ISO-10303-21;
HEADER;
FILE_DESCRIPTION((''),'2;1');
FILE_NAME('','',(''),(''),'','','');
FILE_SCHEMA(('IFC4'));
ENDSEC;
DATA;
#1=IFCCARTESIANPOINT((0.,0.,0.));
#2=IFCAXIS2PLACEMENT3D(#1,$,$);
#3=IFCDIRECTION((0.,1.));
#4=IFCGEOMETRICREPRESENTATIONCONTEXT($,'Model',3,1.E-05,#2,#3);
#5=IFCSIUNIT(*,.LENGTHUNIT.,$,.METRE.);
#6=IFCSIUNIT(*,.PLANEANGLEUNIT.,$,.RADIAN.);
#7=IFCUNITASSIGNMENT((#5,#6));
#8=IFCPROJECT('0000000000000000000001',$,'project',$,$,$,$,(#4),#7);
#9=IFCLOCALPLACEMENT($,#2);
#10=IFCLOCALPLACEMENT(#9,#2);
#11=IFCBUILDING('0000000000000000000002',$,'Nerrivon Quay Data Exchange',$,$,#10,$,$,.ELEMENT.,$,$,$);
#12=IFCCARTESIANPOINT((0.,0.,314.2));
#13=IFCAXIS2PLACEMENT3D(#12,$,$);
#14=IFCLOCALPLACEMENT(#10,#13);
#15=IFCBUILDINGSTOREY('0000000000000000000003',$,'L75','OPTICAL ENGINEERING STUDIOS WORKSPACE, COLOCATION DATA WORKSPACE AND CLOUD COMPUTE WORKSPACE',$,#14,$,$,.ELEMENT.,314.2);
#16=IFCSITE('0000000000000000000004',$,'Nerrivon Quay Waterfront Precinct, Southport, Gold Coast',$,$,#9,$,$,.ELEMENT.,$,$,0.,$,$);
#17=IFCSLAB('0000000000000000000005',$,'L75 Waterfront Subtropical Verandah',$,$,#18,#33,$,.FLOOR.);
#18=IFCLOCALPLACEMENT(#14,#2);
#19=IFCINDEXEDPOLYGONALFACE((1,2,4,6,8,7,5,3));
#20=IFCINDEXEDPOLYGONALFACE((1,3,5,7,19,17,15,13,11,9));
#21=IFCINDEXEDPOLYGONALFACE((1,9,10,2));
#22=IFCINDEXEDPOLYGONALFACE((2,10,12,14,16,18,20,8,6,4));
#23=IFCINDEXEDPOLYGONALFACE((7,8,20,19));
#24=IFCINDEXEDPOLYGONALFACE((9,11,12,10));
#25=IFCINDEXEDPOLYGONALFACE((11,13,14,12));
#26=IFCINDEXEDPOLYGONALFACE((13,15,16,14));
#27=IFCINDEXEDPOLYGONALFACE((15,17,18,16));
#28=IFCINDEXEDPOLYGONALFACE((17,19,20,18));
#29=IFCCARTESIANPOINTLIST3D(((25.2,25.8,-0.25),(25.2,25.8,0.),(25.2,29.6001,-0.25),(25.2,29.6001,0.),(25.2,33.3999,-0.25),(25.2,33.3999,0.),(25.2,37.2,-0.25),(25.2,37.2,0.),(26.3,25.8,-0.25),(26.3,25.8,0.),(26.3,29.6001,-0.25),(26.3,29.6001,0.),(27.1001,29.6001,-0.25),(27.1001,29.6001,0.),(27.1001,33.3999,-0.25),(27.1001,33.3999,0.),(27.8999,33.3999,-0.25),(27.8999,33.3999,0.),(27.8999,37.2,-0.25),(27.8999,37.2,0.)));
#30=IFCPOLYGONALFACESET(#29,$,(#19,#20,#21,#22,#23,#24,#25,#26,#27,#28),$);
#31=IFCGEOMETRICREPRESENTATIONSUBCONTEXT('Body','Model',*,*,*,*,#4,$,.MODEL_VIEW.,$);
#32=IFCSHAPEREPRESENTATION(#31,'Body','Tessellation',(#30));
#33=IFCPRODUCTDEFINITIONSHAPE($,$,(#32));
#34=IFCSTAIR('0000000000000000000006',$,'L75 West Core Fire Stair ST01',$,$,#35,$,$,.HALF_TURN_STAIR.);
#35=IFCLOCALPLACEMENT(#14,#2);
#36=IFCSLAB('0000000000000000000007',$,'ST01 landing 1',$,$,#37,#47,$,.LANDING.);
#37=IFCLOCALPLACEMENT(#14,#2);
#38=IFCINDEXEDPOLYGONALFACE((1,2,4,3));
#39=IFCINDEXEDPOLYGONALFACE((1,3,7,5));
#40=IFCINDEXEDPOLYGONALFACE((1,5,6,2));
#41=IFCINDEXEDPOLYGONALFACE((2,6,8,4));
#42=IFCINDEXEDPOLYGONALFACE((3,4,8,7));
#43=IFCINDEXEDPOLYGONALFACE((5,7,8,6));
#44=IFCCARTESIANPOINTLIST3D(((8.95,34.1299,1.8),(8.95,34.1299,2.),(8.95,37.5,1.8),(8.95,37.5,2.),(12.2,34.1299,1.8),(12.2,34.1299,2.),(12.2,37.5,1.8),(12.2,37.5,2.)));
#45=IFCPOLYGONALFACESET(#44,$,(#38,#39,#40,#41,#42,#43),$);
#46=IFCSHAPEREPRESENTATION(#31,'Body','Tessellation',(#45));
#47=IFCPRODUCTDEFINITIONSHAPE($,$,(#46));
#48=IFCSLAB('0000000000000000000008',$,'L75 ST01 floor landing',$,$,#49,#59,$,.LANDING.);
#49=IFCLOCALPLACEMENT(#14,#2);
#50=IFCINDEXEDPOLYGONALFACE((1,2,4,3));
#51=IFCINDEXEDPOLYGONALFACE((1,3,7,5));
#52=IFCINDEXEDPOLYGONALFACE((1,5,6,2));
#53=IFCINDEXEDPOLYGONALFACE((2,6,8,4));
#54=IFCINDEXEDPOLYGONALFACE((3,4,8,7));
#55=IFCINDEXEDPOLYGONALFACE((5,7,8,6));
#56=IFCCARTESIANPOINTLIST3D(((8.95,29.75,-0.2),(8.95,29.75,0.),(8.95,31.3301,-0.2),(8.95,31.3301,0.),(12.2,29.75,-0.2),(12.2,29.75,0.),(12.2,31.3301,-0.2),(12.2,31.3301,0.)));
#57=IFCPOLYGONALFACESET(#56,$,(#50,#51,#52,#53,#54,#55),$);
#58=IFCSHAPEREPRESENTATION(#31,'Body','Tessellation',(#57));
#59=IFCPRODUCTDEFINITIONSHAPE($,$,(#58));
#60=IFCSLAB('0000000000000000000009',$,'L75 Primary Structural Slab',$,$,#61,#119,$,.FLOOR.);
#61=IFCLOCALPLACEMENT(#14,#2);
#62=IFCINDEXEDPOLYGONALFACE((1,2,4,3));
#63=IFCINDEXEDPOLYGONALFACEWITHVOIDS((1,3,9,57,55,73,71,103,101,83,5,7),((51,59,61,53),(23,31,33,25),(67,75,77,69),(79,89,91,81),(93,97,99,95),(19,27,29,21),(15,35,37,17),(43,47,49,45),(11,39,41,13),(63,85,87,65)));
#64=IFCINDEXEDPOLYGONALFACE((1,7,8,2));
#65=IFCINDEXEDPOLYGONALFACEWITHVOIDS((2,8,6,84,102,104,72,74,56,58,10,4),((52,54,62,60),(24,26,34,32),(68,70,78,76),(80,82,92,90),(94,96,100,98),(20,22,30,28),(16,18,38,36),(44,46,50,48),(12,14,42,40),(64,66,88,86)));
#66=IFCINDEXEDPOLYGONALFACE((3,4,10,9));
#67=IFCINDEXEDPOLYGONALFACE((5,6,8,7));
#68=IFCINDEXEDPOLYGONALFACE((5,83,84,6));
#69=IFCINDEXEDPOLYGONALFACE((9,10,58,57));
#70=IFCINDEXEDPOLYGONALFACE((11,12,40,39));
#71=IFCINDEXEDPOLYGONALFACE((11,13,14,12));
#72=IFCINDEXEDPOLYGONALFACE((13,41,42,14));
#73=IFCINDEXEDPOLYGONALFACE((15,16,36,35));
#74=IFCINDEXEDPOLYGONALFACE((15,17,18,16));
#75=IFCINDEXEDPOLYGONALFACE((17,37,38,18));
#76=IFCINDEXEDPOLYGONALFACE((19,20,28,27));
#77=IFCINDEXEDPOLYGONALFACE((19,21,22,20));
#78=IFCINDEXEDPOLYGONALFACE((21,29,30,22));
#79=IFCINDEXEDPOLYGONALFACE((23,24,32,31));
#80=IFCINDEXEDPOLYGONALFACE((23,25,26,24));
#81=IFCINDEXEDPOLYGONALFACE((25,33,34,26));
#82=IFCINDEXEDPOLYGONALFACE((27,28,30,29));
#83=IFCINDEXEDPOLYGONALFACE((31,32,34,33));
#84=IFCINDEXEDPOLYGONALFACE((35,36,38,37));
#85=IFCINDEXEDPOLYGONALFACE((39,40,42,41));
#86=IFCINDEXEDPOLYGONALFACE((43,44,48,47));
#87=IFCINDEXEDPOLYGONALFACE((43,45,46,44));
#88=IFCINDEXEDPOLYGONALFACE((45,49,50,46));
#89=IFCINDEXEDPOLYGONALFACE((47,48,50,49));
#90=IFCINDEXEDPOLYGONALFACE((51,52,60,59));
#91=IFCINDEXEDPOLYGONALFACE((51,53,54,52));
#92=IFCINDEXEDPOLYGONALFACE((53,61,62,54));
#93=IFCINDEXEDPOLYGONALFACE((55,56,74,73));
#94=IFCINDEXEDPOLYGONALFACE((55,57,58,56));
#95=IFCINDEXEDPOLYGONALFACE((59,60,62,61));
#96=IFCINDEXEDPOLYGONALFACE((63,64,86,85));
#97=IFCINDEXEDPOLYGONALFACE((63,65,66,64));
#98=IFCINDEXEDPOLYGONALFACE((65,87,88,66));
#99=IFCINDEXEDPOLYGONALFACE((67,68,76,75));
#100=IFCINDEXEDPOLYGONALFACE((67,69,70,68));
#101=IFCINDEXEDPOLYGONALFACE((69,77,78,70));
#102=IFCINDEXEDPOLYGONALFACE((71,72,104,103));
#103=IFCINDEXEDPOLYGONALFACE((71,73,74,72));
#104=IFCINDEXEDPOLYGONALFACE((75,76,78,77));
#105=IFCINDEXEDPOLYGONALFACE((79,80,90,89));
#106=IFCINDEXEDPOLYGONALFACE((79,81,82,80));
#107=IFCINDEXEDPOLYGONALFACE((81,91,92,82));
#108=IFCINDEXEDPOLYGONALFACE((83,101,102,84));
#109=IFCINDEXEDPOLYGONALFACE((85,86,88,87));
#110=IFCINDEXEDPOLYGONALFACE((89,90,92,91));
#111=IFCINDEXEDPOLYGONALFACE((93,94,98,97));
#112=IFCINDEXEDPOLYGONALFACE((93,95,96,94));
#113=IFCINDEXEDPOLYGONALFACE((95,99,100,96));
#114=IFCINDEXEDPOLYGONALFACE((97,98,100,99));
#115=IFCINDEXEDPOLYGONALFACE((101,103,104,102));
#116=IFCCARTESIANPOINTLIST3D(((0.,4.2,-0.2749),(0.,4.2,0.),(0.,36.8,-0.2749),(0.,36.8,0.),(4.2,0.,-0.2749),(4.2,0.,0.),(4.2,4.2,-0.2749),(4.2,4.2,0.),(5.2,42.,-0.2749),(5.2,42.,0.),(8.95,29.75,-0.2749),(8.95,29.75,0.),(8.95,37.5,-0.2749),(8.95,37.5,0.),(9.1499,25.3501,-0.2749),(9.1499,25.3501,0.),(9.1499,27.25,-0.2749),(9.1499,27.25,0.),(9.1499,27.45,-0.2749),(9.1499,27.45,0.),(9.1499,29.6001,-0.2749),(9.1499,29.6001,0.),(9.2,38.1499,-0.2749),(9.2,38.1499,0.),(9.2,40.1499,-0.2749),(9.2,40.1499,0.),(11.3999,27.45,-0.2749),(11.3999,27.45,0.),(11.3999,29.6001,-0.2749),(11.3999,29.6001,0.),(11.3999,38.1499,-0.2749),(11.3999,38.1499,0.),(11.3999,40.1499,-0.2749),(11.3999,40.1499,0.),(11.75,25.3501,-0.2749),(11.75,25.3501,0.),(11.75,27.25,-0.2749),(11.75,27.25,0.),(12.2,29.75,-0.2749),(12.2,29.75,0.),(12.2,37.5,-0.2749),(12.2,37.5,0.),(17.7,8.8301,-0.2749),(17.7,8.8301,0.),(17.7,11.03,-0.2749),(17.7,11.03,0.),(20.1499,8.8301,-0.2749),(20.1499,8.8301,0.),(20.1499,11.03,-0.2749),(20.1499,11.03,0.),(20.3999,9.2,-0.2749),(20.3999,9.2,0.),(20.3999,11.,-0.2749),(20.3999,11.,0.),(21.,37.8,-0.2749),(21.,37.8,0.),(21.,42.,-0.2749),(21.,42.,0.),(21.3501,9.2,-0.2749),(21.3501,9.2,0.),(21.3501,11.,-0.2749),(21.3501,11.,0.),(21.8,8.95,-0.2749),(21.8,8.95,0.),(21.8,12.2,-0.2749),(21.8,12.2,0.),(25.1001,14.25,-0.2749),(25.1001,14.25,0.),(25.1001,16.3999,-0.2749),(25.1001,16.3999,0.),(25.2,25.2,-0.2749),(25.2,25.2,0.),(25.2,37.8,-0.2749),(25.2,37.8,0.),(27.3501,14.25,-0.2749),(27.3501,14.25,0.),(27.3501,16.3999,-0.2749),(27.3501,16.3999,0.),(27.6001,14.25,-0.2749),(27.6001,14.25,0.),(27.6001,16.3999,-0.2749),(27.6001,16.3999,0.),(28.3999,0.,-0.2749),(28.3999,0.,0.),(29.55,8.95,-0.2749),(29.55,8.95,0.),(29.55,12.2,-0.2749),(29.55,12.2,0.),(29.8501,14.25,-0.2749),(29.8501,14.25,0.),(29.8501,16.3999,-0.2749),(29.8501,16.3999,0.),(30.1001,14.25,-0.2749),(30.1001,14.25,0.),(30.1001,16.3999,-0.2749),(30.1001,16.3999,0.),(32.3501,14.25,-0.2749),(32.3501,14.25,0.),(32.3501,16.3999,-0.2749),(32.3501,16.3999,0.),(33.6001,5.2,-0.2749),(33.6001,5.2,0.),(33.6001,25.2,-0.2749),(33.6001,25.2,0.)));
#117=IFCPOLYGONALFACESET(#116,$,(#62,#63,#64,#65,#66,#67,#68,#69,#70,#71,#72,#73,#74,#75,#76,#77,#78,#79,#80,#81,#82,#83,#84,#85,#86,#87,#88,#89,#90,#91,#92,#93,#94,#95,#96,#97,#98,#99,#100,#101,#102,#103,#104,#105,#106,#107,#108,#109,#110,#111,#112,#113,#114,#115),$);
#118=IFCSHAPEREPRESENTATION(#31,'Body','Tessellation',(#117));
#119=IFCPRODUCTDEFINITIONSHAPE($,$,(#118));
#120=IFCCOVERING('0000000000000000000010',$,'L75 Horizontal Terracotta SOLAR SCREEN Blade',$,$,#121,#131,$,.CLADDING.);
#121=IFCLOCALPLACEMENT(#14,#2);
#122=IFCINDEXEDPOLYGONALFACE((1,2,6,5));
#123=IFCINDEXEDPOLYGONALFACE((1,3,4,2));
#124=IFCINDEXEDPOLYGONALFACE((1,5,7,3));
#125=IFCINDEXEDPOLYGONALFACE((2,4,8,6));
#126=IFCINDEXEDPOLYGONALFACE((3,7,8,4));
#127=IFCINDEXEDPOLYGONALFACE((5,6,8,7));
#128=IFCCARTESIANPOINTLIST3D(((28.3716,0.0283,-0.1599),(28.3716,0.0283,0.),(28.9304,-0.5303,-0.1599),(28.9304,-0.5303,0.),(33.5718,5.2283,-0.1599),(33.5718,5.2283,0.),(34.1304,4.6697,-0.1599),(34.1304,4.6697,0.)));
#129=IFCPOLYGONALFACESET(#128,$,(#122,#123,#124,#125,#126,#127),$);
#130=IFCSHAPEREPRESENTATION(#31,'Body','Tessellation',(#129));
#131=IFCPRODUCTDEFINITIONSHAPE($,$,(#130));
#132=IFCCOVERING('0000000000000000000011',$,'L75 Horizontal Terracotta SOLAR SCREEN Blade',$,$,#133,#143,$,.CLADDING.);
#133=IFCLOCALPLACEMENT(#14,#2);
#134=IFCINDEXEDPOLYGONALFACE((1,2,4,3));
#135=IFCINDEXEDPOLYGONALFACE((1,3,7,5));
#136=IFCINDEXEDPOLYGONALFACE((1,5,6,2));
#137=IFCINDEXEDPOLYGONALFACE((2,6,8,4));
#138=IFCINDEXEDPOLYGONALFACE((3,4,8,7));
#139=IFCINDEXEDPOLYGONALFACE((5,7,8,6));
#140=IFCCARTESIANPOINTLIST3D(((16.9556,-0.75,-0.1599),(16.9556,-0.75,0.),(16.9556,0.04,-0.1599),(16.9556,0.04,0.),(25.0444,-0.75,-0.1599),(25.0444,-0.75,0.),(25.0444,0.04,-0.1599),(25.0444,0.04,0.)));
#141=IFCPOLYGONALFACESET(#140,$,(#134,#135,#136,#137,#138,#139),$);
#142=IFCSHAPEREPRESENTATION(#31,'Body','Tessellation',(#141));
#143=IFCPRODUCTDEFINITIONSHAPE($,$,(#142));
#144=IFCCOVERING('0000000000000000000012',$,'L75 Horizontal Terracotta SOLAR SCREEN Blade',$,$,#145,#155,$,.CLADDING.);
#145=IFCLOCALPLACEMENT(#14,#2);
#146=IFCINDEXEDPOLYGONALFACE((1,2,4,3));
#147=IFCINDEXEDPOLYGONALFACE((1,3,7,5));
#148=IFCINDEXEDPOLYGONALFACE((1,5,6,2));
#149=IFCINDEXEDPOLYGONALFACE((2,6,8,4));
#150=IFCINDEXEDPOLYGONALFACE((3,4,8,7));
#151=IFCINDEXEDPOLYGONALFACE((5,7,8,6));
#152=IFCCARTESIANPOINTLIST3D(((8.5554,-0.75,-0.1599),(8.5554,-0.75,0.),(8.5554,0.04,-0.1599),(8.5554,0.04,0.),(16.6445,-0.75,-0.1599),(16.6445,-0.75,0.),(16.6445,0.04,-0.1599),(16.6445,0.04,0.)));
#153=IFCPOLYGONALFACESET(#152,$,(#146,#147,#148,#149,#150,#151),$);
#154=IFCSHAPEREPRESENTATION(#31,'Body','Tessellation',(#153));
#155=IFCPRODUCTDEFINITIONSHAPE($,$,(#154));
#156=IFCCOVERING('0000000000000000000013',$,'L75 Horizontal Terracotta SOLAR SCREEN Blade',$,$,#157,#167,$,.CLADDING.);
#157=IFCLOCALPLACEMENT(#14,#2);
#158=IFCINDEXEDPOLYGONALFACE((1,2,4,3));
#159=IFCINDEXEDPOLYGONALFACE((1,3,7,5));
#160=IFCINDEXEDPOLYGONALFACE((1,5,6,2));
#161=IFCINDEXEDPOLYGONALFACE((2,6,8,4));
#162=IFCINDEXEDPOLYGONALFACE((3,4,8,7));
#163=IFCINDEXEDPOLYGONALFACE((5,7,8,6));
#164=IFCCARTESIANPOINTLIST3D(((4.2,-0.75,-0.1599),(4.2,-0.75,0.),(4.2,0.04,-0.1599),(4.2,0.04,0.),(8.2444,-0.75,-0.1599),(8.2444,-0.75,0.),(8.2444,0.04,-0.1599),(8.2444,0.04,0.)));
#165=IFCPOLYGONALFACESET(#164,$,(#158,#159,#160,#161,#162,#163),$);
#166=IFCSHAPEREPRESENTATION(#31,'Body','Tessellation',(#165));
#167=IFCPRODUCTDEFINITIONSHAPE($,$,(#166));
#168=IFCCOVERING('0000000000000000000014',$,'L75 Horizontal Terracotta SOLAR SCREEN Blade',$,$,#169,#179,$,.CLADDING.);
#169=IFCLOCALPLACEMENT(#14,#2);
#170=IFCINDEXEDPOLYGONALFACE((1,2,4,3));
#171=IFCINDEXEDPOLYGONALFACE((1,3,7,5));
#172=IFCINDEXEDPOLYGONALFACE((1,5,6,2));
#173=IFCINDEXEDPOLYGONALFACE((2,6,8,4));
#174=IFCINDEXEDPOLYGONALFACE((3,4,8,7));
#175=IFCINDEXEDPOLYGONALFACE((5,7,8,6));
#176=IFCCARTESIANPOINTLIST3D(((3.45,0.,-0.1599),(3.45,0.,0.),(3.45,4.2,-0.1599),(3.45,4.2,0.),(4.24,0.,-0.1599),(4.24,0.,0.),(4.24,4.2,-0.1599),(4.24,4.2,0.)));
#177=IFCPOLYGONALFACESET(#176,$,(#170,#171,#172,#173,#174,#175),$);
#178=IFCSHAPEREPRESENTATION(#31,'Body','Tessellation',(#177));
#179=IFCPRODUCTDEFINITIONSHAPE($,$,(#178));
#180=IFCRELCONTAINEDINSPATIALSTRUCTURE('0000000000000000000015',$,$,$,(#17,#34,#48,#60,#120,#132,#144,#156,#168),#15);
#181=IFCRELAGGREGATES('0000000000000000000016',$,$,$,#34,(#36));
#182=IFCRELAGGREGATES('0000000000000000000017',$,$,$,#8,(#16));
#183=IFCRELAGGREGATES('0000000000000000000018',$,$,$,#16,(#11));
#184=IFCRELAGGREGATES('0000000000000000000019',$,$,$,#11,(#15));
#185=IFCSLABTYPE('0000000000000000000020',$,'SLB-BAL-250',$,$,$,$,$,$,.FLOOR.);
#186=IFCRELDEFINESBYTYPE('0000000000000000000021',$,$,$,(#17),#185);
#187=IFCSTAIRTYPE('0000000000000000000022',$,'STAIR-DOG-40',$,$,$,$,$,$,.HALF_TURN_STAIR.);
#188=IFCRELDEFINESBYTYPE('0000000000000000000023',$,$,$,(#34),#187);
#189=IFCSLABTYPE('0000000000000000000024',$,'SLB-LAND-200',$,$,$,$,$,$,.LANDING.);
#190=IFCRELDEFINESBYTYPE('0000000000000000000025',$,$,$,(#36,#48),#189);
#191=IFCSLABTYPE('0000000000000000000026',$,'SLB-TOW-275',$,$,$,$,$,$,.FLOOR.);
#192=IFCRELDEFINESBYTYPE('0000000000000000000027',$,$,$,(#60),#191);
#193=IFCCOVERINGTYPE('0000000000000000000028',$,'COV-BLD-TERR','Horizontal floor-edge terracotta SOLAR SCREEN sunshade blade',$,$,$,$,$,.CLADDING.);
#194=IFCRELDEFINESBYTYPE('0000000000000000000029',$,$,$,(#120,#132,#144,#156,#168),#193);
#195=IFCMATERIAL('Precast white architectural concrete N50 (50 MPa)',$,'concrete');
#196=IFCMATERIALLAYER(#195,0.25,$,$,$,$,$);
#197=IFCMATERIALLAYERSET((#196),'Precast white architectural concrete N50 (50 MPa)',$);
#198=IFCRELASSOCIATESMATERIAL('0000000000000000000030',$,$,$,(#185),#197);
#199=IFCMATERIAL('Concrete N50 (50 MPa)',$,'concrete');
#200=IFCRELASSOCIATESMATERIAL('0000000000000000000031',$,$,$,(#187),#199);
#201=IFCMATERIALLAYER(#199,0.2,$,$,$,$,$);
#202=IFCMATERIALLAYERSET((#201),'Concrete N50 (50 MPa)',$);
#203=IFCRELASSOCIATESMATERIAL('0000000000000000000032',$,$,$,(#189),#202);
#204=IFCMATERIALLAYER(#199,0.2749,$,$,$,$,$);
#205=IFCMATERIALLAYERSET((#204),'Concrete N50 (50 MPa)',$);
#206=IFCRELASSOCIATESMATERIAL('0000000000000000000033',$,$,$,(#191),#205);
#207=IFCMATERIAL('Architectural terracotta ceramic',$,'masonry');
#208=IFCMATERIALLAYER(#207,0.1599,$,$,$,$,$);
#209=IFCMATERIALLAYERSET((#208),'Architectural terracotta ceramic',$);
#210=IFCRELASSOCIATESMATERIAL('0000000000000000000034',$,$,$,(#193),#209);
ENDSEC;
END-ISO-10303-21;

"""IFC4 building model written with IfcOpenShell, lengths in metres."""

from ifc_helpers import new_model, si_unit, direction, frame, origin, place, context, subcontext, project, spatial, polyline, outline, extrude, material, layer, layer_set, type_object, element, aggregate, save


model = new_model("IFC4")

# Units and contexts
model_context = context("Model", 3, precision=1e-05, world=origin(), true_north=direction((0.0, 1.0)))
body_context = subcontext(model_context, "Body", "Model", "MODEL_VIEW")
ifc_project = project(units=[si_unit("LENGTHUNIT", "METRE"), si_unit("PLANEANGLEUNIT", "RADIAN")], contexts=[model_context])

# Site, building, storey
site_placement = place(None, origin())
site = spatial("IfcSite", under=ifc_project, at=site_placement, Name="Nerrivon Quay Waterfront Precinct, Southport, Gold Coast", CompositionType="ELEMENT", RefElevation=0.0)
building_placement = place(site_placement, origin())
building = spatial("IfcBuilding", under=site, at=building_placement, Name="Nerrivon Quay Data Exchange", CompositionType="ELEMENT")
storey_placement = place(building_placement, frame((0.0, 0.0, 314.2)))
storey = spatial("IfcBuildingStorey", under=building, at=storey_placement, Name="L75", Description="OPTICAL ENGINEERING STUDIOS WORKSPACE, COLOCATION DATA WORKSPACE AND CLOUD COMPUTE WORKSPACE", CompositionType="ELEMENT", Elevation=314.2)

# Slab
ifc_material_1 = material(Name="Precast white architectural concrete N50 (50 MPa)", Category="concrete")
ifc_layer_1 = layer(ifc_material_1, 0.25)
ifc_layer_set_1 = layer_set([ifc_layer_1], Name="Precast white architectural concrete N50 (50 MPa)")
slab_type_1 = type_object("IfcSlabType", Name="SLB-BAL-250", PredefinedType="FLOOR", material=ifc_layer_set_1)
slab_1_placement = place(storey_placement, frame((0.0, 0.0, -0.25)))
element("IfcSlab", 1, at=slab_1_placement, inside=storey, type_object=slab_type_1, Name="L75 Waterfront Subtropical Verandah", PredefinedType="FLOOR", context=body_context, shape_type="SweptSolid", body=[
    extrude(outline(polyline([(26.3, 29.6001), (27.1001, 29.6001), (27.1001, 33.3999), (27.8999, 33.3999), (27.8999, 37.2), (25.2, 37.2), (25.2, 33.3999), (25.2, 29.6001), (25.2, 25.8), (26.3, 25.8), (26.3, 29.6001)])), origin(), (0.0, 0.0, 1.0), 0.25),
])

# Stair, slab
ifc_material_2 = material(Name="Concrete N50 (50 MPa)", Category="concrete")
stair_type = type_object("IfcStairType", Name="STAIR-DOG-40", PredefinedType="HALF_TURN_STAIR", material=ifc_material_2)
stair_placement = place(storey_placement, origin())
stair = element("IfcStair", 2, at=stair_placement, inside=storey, type_object=stair_type, Name="L75 West Core Fire Stair ST01", PredefinedType="HALF_TURN_STAIR")
ifc_layer_2 = layer(ifc_material_2, 0.2)
ifc_layer_set_2 = layer_set([ifc_layer_2], Name="Concrete N50 (50 MPa)")
slab_type_2 = type_object("IfcSlabType", Name="SLB-LAND-200", PredefinedType="LANDING", material=ifc_layer_set_2)
slab_2_placement = place(storey_placement, frame((0.0, 0.0, 1.8)))
slab_2 = element("IfcSlab", 3, at=slab_2_placement, type_object=slab_type_2, Name="ST01 landing 1", PredefinedType="LANDING", context=body_context, shape_type="SweptSolid", body=[
    extrude(outline(polyline([(12.2, 34.1299), (12.2, 37.5), (8.95, 37.5), (8.95, 34.1299), (12.2, 34.1299)])), origin(), (0.0, 0.0, 1.0), 0.2),
])
aggregate(stair, [slab_2])

# Slabs
slab_3_placement = place(storey_placement, frame((0.0, 0.0, -0.2)))
element("IfcSlab", 4, at=slab_3_placement, inside=storey, type_object=slab_type_2, Name="L75 ST01 floor landing", PredefinedType="LANDING", context=body_context, shape_type="SweptSolid", body=[
    extrude(outline(polyline([(12.2, 29.75), (12.2, 31.3301), (8.95, 31.3301), (8.95, 29.75), (12.2, 29.75)])), origin(), (0.0, 0.0, 1.0), 0.2),
])
ifc_layer_3 = layer(ifc_material_2, 0.2749)
ifc_layer_set_3 = layer_set([ifc_layer_3], Name="Concrete N50 (50 MPa)")
slab_type_3 = type_object("IfcSlabType", Name="SLB-TOW-275", PredefinedType="FLOOR", material=ifc_layer_set_3)
slab_4_placement = place(storey_placement, frame((0.0, 0.0, -0.2749)))
element("IfcSlab", 5, at=slab_4_placement, inside=storey, type_object=slab_type_3, Name="L75 Primary Structural Slab", PredefinedType="FLOOR", context=body_context, shape_type="SweptSolid", body=[
    extrude(outline(polyline([(33.6001, 25.2), (25.2, 25.2), (25.2, 37.8), (21.0, 37.8), (21.0, 42.0), (5.2, 42.0), (0.0, 36.8), (0.0, 4.2), (4.2, 4.2), (4.2, 0.0), (28.3999, 0.0), (33.6001, 5.2), (33.6001, 25.2)]), holes=[polyline([(8.95, 29.75), (8.95, 37.5), (12.2, 37.5), (12.2, 29.75), (8.95, 29.75)]), polyline([(21.8, 12.2), (29.55, 12.2), (29.55, 8.95), (21.8, 8.95), (21.8, 12.2)]), polyline([(30.1001, 14.25), (30.1001, 16.3999), (32.3501, 16.3999), (32.3501, 14.25), (30.1001, 14.25)]), polyline([(27.6001, 14.25), (27.6001, 16.3999), (29.8501, 16.3999), (29.8501, 14.25), (27.6001, 14.25)]), polyline([(25.1001, 14.25), (25.1001, 16.3999), (27.3501, 16.3999), (27.3501, 14.25), (25.1001, 14.25)]), polyline([(20.3999, 9.2), (20.3999, 11.0), (21.3501, 11.0), (21.3501, 9.2), (20.3999, 9.2)]), polyline([(17.7, 8.8301), (17.7, 11.03), (20.1499, 11.03), (20.1499, 8.8301), (17.7, 8.8301)]), polyline([(9.1499, 25.3501), (9.1499, 27.25), (11.75, 27.25), (11.75, 25.3501), (9.1499, 25.3501)]), polyline([(9.1499, 27.45), (9.1499, 29.6001), (11.3999, 29.6001), (11.3999, 27.45), (9.1499, 27.45)]), polyline([(9.2, 38.1499), (9.2, 40.1499), (11.3999, 40.1499), (11.3999, 38.1499), (9.2, 38.1499)])]), origin(), (0.0, 0.0, 1.0), 0.2749),
])

# Coverings
ifc_material_3 = material(Name="Architectural terracotta ceramic", Category="masonry")
ifc_layer_4 = layer(ifc_material_3, 0.1599)
ifc_layer_set_4 = layer_set([ifc_layer_4], Name="Architectural terracotta ceramic")
covering_type = type_object("IfcCoveringType", Name="COV-BLD-TERR", Description="Horizontal floor-edge terracotta SOLAR SCREEN sunshade blade", PredefinedType="CLADDING", material=ifc_layer_set_4)
covering_1_placement = place(storey_placement, frame((0.0, 0.0, -0.1599)))
element("IfcCovering", 6, at=covering_1_placement, inside=storey, type_object=covering_type, Name="L75 Horizontal Terracotta SOLAR SCREEN Blade", PredefinedType="CLADDING", context=body_context, shape_type="SweptSolid", body=[
    extrude(outline(polyline([(33.5718, 5.2283), (28.3716, 0.0283), (28.9304, -0.5303), (34.1304, 4.6697), (33.5718, 5.2283)])), origin(), (0.0, 0.0, 1.0), 0.1599),
])
covering_2_placement = place(storey_placement, frame((0.0, 0.0, -0.1599)))
element("IfcCovering", 7, at=covering_2_placement, inside=storey, type_object=covering_type, Name="L75 Horizontal Terracotta SOLAR SCREEN Blade", PredefinedType="CLADDING", context=body_context, shape_type="SweptSolid", body=[
    extrude(outline(polyline([(25.0444, 0.04), (16.9556, 0.04), (16.9556, -0.75), (25.0444, -0.75), (25.0444, 0.04)])), origin(), (0.0, 0.0, 1.0), 0.1599),
])
covering_3_placement = place(storey_placement, frame((0.0, 0.0, -0.1599)))
element("IfcCovering", 8, at=covering_3_placement, inside=storey, type_object=covering_type, Name="L75 Horizontal Terracotta SOLAR SCREEN Blade", PredefinedType="CLADDING", context=body_context, shape_type="SweptSolid", body=[
    extrude(outline(polyline([(16.6445, 0.04), (8.5554, 0.04), (8.5554, -0.75), (16.6445, -0.75), (16.6445, 0.04)])), origin(), (0.0, 0.0, 1.0), 0.1599),
])
covering_4_placement = place(storey_placement, frame((0.0, 0.0, -0.1599)))
element("IfcCovering", 9, at=covering_4_placement, inside=storey, type_object=covering_type, Name="L75 Horizontal Terracotta SOLAR SCREEN Blade", PredefinedType="CLADDING", context=body_context, shape_type="SweptSolid", body=[
    extrude(outline(polyline([(8.2444, 0.04), (4.2, 0.04), (4.2, -0.75), (8.2444, -0.75), (8.2444, 0.04)])), origin(), (0.0, 0.0, 1.0), 0.1599),
])
covering_5_placement = place(storey_placement, frame((0.0, 0.0, -0.1599)))
element("IfcCovering", 10, at=covering_5_placement, inside=storey, type_object=covering_type, Name="L75 Horizontal Terracotta SOLAR SCREEN Blade", PredefinedType="CLADDING", context=body_context, shape_type="SweptSolid", body=[
    extrude(outline(polyline([(4.24, 0.0), (4.24, 4.2), (3.45, 4.2), (3.45, 0.0), (4.24, 0.0)])), origin(), (0.0, 0.0, 1.0), 0.1599),
])

save(model, "model.ifc")
